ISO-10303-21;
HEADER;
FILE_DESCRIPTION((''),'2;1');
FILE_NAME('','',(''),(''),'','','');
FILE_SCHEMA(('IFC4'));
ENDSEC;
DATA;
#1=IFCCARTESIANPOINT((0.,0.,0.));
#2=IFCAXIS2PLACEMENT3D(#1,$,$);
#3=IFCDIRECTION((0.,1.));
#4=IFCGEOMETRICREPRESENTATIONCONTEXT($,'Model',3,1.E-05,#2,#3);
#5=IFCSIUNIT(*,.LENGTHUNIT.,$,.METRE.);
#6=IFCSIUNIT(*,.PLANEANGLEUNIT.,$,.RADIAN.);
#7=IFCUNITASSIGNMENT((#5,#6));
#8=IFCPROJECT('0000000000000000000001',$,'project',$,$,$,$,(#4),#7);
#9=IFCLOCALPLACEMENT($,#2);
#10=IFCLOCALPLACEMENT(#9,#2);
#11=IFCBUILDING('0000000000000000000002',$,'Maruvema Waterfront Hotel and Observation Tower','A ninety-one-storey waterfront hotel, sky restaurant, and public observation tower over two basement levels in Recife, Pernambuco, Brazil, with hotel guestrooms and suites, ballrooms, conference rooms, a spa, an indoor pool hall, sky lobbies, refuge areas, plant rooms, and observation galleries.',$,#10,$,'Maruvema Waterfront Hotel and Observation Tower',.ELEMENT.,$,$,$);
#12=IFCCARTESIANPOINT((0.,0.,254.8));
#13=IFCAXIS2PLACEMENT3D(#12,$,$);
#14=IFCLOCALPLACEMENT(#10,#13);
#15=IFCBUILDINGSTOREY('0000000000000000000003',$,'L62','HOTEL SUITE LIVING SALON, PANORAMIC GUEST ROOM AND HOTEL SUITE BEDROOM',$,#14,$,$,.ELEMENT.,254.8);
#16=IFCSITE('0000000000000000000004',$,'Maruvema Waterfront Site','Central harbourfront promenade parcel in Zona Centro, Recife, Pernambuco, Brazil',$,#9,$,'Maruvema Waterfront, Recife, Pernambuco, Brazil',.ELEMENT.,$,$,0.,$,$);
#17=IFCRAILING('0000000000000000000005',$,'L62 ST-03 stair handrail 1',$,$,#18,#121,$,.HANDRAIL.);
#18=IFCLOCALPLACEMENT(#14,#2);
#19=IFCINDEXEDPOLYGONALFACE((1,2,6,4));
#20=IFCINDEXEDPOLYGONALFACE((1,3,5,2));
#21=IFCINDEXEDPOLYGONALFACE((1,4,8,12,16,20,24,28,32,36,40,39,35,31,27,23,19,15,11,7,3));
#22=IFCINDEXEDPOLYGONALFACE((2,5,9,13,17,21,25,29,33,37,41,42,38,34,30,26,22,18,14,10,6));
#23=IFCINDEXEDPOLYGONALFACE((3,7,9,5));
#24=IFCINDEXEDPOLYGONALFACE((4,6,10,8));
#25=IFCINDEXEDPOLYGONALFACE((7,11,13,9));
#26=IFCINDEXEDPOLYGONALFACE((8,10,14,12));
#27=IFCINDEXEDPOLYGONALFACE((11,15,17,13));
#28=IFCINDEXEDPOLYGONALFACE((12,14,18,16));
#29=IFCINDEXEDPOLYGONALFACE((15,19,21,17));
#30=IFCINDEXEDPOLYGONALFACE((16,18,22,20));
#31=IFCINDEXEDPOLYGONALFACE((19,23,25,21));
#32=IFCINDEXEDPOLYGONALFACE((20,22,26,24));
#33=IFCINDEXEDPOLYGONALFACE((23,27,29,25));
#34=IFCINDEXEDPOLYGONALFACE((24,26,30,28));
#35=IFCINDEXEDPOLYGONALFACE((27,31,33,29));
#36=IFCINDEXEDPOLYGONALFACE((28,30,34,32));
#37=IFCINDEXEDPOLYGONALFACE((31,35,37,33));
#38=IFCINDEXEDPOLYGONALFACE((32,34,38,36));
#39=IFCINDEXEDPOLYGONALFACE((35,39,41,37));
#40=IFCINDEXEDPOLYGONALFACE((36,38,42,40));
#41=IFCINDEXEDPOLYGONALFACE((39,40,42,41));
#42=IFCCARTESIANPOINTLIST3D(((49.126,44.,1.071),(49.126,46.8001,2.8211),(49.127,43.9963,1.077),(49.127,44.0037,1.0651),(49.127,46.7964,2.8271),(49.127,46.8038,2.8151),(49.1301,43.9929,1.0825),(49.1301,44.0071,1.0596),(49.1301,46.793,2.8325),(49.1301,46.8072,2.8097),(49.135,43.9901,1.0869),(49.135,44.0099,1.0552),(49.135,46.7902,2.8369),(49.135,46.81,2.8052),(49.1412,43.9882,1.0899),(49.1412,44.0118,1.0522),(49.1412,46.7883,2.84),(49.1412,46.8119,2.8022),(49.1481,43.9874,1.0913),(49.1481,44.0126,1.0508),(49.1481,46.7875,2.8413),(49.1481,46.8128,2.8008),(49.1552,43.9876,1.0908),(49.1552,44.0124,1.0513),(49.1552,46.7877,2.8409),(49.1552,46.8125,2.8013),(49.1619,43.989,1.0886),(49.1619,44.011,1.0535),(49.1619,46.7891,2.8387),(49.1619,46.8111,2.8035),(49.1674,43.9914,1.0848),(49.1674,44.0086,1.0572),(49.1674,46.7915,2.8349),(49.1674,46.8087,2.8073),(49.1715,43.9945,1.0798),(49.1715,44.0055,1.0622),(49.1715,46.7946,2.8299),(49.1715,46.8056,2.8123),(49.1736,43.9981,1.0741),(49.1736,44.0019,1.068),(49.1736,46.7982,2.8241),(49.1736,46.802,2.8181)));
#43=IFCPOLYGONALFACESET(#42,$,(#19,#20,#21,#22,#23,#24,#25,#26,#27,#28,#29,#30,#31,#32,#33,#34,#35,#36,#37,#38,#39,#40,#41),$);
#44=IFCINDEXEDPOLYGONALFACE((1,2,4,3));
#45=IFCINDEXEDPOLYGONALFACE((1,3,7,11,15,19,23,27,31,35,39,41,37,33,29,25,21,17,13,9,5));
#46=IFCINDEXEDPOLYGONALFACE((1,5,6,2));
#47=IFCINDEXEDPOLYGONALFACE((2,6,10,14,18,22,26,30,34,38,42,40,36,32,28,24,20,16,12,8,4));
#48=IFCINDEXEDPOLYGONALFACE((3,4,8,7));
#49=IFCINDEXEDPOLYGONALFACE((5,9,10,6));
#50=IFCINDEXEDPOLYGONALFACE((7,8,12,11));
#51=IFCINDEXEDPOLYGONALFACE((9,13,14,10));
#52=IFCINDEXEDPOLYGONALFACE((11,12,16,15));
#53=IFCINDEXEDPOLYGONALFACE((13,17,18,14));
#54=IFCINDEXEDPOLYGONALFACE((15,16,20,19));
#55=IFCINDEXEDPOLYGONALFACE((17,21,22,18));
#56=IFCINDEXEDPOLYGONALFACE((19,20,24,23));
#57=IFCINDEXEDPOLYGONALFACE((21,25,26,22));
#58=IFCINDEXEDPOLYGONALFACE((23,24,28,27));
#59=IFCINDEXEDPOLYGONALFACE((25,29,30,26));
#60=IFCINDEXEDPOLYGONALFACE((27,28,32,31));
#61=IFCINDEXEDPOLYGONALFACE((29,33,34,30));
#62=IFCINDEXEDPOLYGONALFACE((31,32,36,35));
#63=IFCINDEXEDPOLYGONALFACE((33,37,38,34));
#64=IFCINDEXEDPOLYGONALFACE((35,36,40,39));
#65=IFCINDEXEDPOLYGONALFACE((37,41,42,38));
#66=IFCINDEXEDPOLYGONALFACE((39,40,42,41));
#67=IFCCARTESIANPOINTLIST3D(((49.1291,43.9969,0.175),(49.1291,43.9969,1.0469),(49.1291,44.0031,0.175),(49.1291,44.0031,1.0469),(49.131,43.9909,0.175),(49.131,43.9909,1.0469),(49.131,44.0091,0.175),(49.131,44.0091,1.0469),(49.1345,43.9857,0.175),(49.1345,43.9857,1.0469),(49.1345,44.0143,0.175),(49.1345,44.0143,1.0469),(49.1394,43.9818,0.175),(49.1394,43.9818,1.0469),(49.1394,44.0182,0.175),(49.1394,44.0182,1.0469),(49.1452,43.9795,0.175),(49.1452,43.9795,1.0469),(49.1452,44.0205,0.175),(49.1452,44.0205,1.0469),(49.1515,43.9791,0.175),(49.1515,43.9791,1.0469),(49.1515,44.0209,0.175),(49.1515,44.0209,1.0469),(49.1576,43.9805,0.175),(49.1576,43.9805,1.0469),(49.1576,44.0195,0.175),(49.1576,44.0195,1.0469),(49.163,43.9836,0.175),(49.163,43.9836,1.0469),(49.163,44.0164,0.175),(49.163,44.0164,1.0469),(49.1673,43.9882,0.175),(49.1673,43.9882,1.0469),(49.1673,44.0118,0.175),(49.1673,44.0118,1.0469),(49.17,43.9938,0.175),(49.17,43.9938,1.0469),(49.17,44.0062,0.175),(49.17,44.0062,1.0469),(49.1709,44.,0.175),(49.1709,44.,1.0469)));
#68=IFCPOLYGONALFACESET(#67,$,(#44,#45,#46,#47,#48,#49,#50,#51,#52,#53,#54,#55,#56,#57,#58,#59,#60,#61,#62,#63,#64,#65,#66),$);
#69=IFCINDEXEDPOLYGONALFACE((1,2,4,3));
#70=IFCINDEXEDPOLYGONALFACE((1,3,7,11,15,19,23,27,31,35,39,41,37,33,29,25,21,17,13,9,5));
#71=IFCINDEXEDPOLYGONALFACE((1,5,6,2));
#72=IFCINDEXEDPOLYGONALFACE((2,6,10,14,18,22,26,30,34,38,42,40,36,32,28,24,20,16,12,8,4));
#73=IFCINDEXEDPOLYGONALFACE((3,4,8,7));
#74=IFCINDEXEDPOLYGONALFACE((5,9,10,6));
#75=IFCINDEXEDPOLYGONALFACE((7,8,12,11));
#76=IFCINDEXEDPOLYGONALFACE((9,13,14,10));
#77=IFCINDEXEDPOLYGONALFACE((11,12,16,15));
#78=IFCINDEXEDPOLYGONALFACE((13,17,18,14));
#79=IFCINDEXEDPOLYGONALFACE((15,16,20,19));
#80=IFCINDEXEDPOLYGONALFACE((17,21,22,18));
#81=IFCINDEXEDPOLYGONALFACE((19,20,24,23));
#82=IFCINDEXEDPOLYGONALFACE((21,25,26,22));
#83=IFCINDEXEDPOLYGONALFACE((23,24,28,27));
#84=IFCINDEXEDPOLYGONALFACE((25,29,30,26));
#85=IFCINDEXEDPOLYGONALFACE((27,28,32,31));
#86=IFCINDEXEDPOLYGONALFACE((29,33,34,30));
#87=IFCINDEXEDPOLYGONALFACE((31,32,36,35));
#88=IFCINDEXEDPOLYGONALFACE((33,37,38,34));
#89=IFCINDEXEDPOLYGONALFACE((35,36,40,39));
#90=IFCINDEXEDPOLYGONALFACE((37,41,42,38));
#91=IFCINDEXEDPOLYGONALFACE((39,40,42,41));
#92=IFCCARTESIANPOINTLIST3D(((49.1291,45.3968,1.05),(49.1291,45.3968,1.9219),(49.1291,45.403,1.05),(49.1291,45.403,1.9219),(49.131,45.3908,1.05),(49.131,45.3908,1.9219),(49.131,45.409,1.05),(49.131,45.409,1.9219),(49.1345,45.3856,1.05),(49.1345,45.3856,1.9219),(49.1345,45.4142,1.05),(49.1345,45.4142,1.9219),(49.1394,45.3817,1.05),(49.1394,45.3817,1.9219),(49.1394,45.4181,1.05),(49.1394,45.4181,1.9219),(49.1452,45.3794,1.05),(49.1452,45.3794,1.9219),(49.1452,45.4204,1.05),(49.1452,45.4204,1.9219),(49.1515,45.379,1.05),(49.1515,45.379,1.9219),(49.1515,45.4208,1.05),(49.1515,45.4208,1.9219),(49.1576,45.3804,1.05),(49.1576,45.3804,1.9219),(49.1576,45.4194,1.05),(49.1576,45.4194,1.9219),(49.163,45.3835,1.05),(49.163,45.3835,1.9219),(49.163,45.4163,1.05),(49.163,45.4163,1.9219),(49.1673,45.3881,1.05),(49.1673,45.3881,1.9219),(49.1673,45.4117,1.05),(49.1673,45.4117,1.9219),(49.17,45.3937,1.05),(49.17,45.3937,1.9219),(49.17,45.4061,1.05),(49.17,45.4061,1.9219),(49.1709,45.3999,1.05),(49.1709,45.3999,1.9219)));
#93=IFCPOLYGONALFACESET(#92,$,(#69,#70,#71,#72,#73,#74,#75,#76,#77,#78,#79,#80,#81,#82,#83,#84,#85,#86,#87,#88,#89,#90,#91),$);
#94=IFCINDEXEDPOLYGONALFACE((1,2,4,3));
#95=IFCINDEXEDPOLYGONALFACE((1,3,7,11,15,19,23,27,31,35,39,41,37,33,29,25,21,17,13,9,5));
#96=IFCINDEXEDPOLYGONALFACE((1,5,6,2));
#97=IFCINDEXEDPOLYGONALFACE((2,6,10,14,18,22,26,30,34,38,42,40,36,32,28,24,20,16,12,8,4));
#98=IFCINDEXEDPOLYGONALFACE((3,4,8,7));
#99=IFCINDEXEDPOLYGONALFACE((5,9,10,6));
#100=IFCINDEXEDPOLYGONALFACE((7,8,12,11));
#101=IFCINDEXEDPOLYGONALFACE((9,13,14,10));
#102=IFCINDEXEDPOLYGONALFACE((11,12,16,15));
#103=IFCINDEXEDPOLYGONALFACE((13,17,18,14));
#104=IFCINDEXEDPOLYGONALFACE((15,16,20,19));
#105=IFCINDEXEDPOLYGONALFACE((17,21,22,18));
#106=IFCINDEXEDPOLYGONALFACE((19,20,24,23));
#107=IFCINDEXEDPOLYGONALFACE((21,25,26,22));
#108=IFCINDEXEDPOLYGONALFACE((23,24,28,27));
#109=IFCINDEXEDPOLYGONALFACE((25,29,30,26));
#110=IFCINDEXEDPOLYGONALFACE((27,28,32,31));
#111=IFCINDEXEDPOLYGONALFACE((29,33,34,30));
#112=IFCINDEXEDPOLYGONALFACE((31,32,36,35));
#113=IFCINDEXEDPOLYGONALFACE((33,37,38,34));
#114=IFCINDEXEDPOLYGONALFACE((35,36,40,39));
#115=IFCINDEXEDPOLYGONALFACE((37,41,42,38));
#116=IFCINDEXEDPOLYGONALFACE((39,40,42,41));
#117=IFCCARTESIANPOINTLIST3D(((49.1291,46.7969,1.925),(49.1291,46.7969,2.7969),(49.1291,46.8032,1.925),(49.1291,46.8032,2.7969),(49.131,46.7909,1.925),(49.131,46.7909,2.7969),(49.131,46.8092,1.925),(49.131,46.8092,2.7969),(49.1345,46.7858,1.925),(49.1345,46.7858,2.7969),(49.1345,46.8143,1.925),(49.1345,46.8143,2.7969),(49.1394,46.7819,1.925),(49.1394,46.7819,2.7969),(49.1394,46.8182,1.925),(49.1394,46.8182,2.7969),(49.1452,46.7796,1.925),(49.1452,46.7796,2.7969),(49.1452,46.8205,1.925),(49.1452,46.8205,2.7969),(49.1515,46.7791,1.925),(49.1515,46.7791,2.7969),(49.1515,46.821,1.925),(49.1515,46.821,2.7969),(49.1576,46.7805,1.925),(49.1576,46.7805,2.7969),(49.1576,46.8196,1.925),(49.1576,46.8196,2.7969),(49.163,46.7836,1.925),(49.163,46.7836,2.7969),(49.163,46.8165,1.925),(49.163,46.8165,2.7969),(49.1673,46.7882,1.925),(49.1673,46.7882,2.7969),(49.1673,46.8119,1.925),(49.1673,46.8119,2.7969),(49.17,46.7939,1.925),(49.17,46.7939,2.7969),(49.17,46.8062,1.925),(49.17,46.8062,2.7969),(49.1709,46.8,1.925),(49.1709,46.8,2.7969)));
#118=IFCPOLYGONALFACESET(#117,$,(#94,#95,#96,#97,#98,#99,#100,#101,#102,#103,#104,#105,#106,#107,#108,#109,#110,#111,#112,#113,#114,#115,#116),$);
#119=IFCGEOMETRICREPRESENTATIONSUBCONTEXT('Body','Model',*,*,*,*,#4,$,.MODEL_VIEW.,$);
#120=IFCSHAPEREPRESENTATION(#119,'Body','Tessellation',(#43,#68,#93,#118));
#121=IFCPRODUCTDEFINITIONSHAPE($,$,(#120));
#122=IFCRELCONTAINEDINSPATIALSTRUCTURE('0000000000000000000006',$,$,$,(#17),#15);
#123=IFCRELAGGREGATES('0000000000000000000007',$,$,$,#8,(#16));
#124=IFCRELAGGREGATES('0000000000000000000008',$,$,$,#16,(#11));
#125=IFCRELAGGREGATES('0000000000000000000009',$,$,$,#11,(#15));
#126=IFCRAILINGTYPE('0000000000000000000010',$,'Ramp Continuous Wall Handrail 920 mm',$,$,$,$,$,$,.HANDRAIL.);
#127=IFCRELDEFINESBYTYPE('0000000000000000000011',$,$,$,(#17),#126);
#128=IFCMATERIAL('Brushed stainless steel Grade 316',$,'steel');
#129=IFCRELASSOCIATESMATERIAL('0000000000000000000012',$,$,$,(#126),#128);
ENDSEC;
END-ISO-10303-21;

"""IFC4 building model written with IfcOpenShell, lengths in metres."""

from ifc_helpers import new_model, si_unit, direction, frame, origin, origin_2d, place, context, subcontext, project, spatial, circle, extrude, material, type_object, element, save


model = new_model("IFC4")

# Units and contexts
model_context = context("Model", 3, precision=1e-05, world=origin(), true_north=direction((0.0, 1.0)))
body_context = subcontext(model_context, "Body", "Model", "MODEL_VIEW")
ifc_project = project(units=[si_unit("LENGTHUNIT", "METRE"), si_unit("PLANEANGLEUNIT", "RADIAN")], contexts=[model_context])

# Site, building, storey
site_placement = place(None, origin())
site = spatial("IfcSite", under=ifc_project, at=site_placement, Name="Maruvema Waterfront Site", Description="Central harbourfront promenade parcel in Zona Centro, Recife, Pernambuco, Brazil", LongName="Maruvema Waterfront, Recife, Pernambuco, Brazil", CompositionType="ELEMENT", RefElevation=0.0)
building_placement = place(site_placement, origin())
building = spatial("IfcBuilding", under=site, at=building_placement, Name="Maruvema Waterfront Hotel and Observation Tower", Description="A ninety-one-storey waterfront hotel, sky restaurant, and public observation tower over two basement levels in Recife, Pernambuco, Brazil, with hotel guestrooms and suites, ballrooms, conference rooms, a spa, an indoor pool hall, sky lobbies, refuge areas, plant rooms, and observation galleries.", LongName="Maruvema Waterfront Hotel and Observation Tower", CompositionType="ELEMENT")
storey_placement = place(building_placement, frame((0.0, 0.0, 254.8)))
storey = spatial("IfcBuildingStorey", under=building, at=storey_placement, Name="L62", Description="HOTEL SUITE LIVING SALON, PANORAMIC GUEST ROOM AND HOTEL SUITE BEDROOM", CompositionType="ELEMENT", Elevation=254.8)

# Railing
ifc_material_1 = material(Name="Brushed stainless steel Grade 316", Category="steel")
railing_type_1 = type_object("IfcRailingType", Name="Ramp Continuous Wall Handrail 920 mm", PredefinedType="HANDRAIL", material=ifc_material_1)
railing_1_placement = place(storey_placement, frame((49.1499, 44.0, 0.175)))
element("IfcRailing", 1, at=railing_1_placement, inside=storey, type_object=railing_type_1, Name="L62 ST-03 stair handrail 1", PredefinedType="HANDRAIL", context=body_context, shape_type="SweptSolid", body=[
    extrude(circle(Radius=0.0239, at=origin_2d()), frame((0.0, 0.0, 0.896), z_axis=(0.0, 0.848002, 0.529992), x_axis=(-1.0, 0.0, 0.0)), (0.0, 0.0, 1.0), 3.302),
    extrude(circle(Radius=0.021, at=origin_2d()), origin(), (0.0, 0.0, 1.0), 0.8718),
    extrude(circle(Radius=0.021, at=origin_2d()), frame((0.0, 1.3999, 0.875)), (0.0, 0.0, 1.0), 0.8718),
    extrude(circle(Radius=0.021, at=origin_2d()), frame((0.0, 2.8, 1.75)), (0.0, 0.0, 1.0), 0.8718),
])

save(model, "model.ifc")
